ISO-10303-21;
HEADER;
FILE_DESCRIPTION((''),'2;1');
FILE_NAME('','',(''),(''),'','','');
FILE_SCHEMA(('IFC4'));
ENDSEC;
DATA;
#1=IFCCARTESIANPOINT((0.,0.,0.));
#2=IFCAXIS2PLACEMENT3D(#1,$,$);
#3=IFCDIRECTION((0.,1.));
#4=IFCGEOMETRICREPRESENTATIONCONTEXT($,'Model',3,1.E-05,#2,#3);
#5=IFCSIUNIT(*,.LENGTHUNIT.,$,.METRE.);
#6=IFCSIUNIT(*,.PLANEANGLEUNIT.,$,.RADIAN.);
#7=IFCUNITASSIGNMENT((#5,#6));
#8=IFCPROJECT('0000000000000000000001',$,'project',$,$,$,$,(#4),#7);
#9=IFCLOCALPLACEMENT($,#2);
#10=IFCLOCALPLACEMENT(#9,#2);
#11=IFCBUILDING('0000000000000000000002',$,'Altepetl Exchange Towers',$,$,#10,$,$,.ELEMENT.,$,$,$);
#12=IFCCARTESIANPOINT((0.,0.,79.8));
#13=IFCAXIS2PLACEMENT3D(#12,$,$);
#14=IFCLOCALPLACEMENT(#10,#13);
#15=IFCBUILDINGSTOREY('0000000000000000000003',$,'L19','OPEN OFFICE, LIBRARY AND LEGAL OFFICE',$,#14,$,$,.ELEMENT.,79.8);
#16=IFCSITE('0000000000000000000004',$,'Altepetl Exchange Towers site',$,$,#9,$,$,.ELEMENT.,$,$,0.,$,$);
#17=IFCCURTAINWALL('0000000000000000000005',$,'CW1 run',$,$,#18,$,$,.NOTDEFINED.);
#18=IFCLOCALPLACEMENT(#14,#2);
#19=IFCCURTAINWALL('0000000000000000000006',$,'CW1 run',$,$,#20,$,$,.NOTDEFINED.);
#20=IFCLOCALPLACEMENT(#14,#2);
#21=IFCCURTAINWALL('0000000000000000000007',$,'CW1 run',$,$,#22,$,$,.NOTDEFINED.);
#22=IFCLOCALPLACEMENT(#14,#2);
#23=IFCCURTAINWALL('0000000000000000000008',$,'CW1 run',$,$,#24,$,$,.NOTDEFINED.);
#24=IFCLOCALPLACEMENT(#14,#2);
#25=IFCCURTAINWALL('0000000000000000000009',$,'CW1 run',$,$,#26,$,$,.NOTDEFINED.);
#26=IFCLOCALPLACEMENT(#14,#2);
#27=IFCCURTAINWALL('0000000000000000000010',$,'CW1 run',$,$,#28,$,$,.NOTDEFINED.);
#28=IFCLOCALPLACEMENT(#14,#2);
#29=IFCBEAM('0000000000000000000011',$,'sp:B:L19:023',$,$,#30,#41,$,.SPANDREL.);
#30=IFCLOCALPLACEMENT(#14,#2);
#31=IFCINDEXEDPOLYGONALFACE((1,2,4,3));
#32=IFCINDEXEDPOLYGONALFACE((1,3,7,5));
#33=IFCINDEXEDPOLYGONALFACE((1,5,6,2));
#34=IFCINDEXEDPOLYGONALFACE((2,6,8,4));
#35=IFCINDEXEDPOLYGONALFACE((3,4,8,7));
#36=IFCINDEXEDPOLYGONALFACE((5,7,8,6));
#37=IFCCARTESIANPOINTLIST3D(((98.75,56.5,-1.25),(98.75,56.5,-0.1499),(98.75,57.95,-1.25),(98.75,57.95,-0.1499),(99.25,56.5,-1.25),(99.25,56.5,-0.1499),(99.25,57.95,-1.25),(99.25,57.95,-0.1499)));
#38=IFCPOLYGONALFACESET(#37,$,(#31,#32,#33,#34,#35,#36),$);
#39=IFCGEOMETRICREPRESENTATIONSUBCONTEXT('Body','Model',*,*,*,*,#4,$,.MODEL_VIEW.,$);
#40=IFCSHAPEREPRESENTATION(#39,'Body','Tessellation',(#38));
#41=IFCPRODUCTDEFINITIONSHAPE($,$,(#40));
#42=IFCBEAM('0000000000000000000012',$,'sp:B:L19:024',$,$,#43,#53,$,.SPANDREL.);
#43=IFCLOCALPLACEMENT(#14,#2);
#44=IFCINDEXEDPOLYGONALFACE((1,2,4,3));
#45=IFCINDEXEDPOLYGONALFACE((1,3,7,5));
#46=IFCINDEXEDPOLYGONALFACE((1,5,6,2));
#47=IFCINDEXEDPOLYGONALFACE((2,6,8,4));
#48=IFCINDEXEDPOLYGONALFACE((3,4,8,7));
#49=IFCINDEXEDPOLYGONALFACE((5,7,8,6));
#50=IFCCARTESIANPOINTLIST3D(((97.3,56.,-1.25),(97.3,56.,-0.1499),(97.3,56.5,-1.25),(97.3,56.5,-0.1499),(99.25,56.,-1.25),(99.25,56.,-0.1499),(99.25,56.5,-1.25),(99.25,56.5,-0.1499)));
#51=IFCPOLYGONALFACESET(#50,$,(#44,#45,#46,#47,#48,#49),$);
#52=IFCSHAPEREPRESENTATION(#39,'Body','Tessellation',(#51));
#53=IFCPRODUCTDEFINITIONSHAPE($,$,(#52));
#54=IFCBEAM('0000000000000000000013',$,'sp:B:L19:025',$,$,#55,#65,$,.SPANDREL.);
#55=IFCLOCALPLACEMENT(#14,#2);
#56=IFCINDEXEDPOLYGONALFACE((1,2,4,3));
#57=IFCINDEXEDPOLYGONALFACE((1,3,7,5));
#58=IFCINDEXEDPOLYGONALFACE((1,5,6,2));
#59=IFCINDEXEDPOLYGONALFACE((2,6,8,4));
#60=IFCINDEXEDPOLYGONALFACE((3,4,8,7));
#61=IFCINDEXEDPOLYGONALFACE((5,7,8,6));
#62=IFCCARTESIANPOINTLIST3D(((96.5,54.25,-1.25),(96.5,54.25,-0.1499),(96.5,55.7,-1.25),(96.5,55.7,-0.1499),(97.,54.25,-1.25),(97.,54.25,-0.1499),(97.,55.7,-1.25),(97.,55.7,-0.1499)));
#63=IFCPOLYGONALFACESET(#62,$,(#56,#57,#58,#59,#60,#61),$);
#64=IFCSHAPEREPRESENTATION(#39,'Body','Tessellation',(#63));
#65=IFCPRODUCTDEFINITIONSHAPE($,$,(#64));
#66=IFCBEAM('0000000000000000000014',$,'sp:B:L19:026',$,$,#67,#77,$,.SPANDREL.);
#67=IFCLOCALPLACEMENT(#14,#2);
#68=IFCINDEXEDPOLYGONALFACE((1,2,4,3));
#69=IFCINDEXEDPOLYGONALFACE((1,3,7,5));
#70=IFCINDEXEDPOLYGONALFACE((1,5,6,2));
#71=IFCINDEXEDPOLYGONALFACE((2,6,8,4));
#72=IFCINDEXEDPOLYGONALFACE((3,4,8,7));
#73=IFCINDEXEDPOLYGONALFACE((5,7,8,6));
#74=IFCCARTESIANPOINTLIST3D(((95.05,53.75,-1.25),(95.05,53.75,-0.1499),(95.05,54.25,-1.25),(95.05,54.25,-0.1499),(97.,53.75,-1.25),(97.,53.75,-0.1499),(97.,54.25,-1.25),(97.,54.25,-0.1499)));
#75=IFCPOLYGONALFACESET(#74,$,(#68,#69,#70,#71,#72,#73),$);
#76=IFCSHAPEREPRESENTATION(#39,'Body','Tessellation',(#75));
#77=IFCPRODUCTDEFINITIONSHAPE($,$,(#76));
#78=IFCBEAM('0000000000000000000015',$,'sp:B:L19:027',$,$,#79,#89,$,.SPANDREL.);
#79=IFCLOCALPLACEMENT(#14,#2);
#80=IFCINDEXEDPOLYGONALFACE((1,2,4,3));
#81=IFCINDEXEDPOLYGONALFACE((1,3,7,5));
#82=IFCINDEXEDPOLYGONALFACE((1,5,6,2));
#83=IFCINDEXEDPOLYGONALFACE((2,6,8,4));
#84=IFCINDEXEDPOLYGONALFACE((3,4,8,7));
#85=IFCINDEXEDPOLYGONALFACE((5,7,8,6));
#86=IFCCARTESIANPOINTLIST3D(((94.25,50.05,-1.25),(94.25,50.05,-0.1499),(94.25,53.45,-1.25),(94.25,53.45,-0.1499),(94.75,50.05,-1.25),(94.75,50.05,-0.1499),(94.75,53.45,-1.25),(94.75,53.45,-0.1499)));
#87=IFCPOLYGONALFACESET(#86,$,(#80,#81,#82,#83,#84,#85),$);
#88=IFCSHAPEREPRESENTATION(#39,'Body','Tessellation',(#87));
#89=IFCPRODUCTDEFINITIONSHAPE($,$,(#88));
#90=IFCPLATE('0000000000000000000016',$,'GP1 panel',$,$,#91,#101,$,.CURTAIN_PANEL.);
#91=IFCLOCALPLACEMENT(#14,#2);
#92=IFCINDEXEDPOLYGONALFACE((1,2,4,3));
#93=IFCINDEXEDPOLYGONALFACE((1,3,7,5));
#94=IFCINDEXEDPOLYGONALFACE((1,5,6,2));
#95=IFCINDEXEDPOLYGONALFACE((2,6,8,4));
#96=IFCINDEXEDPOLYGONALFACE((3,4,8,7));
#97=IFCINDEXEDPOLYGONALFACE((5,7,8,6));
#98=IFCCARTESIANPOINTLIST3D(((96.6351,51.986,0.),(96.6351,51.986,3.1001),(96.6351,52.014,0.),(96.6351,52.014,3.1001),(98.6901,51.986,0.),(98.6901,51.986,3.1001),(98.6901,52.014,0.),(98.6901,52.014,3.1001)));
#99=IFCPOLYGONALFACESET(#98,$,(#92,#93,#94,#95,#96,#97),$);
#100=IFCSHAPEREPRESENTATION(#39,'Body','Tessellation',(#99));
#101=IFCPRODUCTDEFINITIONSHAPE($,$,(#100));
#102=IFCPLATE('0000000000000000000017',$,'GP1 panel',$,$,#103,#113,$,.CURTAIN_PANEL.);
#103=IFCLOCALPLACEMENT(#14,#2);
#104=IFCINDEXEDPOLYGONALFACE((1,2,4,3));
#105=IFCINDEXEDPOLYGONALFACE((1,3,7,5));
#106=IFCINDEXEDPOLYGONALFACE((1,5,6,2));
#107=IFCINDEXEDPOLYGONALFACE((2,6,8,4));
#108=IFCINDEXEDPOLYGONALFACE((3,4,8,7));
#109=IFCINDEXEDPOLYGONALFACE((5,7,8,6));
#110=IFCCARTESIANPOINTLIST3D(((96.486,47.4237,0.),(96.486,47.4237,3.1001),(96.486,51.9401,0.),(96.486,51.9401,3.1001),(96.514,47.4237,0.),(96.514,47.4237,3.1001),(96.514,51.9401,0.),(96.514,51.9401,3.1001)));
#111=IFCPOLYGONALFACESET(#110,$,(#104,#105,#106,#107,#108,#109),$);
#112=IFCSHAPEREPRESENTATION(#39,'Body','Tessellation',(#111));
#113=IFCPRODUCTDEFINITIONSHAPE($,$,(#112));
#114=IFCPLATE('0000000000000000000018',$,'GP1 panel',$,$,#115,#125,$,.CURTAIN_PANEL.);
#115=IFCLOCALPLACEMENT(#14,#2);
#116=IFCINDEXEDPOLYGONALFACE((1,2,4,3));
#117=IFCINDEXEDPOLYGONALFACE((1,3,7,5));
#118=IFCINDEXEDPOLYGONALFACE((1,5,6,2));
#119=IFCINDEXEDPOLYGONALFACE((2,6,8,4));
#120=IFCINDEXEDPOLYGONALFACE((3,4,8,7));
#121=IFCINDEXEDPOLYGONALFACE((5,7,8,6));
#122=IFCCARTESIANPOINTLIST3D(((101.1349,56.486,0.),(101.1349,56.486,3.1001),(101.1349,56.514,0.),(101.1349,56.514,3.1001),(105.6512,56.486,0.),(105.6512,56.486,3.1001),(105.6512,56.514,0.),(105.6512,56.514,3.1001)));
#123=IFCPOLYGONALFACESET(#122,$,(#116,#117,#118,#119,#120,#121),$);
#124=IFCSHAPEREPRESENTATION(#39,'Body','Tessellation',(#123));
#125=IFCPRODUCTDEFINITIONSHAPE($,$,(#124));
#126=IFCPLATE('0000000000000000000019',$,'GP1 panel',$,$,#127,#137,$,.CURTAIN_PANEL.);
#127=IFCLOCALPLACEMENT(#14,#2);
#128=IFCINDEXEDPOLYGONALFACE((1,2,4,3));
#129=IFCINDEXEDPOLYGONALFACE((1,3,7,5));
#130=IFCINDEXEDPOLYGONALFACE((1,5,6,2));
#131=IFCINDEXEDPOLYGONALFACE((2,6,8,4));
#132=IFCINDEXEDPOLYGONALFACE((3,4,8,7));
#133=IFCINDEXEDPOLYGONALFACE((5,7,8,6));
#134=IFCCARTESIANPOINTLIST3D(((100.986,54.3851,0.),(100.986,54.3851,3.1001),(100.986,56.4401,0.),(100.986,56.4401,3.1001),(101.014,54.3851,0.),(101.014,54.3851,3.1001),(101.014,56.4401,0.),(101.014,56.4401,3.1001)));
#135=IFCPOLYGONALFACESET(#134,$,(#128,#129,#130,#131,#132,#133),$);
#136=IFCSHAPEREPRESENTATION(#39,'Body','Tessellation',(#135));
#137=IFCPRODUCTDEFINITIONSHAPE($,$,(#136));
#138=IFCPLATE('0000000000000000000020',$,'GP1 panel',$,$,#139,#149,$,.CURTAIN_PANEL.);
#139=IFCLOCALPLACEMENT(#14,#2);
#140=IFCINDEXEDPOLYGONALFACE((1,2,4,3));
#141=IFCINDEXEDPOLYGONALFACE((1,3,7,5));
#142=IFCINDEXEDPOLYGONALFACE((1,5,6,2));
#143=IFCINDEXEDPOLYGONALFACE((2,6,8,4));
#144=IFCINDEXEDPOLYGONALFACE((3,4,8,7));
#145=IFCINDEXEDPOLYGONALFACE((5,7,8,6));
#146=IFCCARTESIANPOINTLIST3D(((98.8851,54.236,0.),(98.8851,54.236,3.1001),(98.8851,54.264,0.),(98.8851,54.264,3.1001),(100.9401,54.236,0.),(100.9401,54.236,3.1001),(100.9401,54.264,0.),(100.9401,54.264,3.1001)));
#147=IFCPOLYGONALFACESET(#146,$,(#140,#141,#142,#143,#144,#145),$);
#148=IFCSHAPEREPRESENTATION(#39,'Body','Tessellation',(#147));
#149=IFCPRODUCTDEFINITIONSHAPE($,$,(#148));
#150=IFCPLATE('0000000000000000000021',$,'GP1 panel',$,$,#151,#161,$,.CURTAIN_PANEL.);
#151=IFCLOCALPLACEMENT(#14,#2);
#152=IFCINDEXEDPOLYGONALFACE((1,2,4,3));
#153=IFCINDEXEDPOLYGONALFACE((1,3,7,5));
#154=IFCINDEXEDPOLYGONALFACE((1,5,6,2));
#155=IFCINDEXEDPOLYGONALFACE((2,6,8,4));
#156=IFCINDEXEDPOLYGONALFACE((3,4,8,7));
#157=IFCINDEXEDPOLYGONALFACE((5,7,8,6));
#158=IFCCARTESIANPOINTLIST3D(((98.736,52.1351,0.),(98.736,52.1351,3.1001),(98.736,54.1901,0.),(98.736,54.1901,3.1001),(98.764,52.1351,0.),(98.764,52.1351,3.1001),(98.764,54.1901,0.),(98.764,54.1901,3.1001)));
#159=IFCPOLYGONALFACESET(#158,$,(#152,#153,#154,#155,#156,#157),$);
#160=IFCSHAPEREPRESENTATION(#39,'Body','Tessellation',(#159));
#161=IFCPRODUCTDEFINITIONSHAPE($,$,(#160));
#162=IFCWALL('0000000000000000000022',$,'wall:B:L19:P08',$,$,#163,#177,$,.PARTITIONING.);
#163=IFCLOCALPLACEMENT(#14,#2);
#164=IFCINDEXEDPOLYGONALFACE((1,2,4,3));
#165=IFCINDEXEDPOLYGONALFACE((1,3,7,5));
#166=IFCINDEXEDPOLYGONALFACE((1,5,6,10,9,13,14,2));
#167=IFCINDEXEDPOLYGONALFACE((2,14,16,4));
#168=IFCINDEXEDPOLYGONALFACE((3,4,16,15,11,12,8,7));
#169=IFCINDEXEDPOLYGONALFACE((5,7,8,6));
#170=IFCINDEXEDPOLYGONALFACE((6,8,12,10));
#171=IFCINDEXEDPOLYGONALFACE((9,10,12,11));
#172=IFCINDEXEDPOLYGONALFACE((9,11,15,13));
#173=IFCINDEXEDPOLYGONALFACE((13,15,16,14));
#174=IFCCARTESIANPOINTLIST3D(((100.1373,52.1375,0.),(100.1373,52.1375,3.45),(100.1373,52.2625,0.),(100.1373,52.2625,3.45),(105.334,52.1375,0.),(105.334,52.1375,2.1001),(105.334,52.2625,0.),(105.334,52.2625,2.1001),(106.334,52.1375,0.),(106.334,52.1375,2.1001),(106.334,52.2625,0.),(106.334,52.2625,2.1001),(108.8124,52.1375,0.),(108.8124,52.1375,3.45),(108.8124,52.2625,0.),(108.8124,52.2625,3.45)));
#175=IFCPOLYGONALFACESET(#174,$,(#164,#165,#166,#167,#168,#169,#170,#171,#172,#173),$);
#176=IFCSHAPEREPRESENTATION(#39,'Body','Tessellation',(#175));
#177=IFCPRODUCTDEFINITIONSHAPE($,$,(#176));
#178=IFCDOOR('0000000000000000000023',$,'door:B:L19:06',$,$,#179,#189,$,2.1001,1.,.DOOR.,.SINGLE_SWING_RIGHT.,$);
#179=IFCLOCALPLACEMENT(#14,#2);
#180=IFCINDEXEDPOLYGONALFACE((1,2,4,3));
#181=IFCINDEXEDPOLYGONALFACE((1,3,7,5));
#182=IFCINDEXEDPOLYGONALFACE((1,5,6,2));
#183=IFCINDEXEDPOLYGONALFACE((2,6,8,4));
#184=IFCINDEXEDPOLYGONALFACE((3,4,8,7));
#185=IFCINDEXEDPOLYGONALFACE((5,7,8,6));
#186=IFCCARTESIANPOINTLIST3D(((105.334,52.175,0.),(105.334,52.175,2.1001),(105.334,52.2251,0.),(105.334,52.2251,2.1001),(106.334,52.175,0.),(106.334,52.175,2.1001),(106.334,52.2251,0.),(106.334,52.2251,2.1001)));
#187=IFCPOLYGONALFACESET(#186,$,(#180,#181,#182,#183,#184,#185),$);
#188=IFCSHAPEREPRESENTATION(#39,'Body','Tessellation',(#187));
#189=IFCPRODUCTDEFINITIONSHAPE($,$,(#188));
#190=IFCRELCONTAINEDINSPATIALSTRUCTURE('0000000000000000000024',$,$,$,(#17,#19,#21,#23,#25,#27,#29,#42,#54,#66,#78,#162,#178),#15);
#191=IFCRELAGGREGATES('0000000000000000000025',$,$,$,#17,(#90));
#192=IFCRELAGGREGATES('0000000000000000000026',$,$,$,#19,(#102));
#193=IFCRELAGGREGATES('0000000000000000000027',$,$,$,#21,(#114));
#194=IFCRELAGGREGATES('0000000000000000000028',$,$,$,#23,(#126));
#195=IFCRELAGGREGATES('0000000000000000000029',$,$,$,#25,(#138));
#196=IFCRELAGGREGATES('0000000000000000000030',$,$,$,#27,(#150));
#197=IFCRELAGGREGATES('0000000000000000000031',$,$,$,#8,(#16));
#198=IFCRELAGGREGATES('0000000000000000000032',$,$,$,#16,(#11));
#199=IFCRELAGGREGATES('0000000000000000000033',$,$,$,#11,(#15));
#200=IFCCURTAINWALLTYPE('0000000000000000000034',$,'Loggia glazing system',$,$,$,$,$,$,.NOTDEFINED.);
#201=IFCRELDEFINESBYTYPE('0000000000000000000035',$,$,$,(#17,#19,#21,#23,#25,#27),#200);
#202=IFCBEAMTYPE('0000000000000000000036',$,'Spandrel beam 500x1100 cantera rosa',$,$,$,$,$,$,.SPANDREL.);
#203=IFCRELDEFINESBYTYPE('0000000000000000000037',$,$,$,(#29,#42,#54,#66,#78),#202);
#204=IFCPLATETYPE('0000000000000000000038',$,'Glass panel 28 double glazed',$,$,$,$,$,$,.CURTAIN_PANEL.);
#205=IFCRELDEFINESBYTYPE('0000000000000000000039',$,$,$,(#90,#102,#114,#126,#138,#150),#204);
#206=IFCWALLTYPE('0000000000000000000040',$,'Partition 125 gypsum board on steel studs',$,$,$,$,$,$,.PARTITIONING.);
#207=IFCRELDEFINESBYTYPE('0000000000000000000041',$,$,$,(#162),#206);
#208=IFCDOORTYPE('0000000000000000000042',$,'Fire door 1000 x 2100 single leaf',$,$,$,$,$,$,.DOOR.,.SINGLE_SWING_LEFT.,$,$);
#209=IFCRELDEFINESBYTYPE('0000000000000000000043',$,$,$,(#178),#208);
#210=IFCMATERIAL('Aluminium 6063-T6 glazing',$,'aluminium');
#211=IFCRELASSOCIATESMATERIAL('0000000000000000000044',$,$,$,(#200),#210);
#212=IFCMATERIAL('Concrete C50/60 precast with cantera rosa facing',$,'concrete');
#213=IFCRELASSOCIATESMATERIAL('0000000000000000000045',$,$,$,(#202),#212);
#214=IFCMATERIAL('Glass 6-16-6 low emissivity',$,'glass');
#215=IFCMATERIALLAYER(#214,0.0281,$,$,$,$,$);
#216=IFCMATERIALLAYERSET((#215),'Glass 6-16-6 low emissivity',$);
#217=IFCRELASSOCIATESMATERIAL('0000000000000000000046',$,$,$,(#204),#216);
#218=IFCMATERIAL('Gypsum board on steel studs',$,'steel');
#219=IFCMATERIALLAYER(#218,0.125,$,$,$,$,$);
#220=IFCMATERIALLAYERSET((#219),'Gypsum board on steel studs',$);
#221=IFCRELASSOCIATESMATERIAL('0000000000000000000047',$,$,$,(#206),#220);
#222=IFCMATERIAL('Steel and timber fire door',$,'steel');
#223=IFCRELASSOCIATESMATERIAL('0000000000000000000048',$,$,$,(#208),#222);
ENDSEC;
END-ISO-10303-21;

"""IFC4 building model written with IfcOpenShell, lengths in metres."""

from ifc_helpers import new_model, si_unit, direction, frame, frame_2d, origin, origin_2d, place, context, subcontext, project, spatial, rectangle, extrude, material, layer, layer_set, material_profile, profile_set, type_object, element, fill, aggregate, save


model = new_model("IFC4")

# Units and contexts
model_context = context("Model", 3, precision=1e-05, world=origin(), true_north=direction((0.0, 1.0)))
body_context = subcontext(model_context, "Body", "Model", "MODEL_VIEW")
ifc_project = project(units=[si_unit("LENGTHUNIT", "METRE"), si_unit("PLANEANGLEUNIT", "RADIAN")], contexts=[model_context])

# Site, building, storey
site_placement = place(None, origin())
site = spatial("IfcSite", under=ifc_project, at=site_placement, Name="Altepetl Exchange Towers site", CompositionType="ELEMENT", RefElevation=0.0)
building_placement = place(site_placement, origin())
building = spatial("IfcBuilding", under=site, at=building_placement, Name="Altepetl Exchange Towers", CompositionType="ELEMENT")
storey_placement = place(building_placement, frame((0.0, 0.0, 79.8)))
storey = spatial("IfcBuildingStorey", under=building, at=storey_placement, Name="L19", Description="OPEN OFFICE, LIBRARY AND LEGAL OFFICE", CompositionType="ELEMENT", Elevation=79.8)

# Curtain walls
ifc_material_1 = material(Name="Aluminium 6063-T6 glazing", Category="aluminium")
curtain_wall_type = type_object("IfcCurtainWallType", Name="Loggia glazing system", PredefinedType="NOTDEFINED", material=ifc_material_1)
curtain_wall_1_placement = place(storey_placement, origin())
curtain_wall_1 = element("IfcCurtainWall", 1, at=curtain_wall_1_placement, inside=storey, type_object=curtain_wall_type, Name="CW1 run", PredefinedType="NOTDEFINED")
curtain_wall_2_placement = place(storey_placement, origin())
curtain_wall_2 = element("IfcCurtainWall", 2, at=curtain_wall_2_placement, inside=storey, type_object=curtain_wall_type, Name="CW1 run", PredefinedType="NOTDEFINED")

# Curtain wall
curtain_wall_3_placement = place(storey_placement, origin())
curtain_wall_3 = element("IfcCurtainWall", 3, at=curtain_wall_3_placement, inside=storey, type_object=curtain_wall_type, Name="CW1 run", PredefinedType="NOTDEFINED")

# Curtain walls
curtain_wall_4_placement = place(storey_placement, origin())
curtain_wall_4 = element("IfcCurtainWall", 4, at=curtain_wall_4_placement, inside=storey, type_object=curtain_wall_type, Name="CW1 run", PredefinedType="NOTDEFINED")
curtain_wall_5_placement = place(storey_placement, origin())
curtain_wall_5 = element("IfcCurtainWall", 5, at=curtain_wall_5_placement, inside=storey, type_object=curtain_wall_type, Name="CW1 run", PredefinedType="NOTDEFINED")
curtain_wall_6_placement = place(storey_placement, origin())
curtain_wall_6 = element("IfcCurtainWall", 6, at=curtain_wall_6_placement, inside=storey, type_object=curtain_wall_type, Name="CW1 run", PredefinedType="NOTDEFINED")

# Beams
ifc_material_2 = material(Name="Concrete C50/60 precast with cantera rosa facing", Category="concrete")
ifc_material_profile_1 = material_profile(ifc_material_2, rectangle(XDim=0.5, YDim=1.1001, at=origin_2d()), Name="500 x 1100")
ifc_profile_set_1 = profile_set([ifc_material_profile_1], Name="Concrete C50/60 precast with cantera rosa facing")
beam_type_1 = type_object("IfcBeamType", Name="Spandrel beam 500x1100 cantera rosa", PredefinedType="SPANDREL", material=ifc_profile_set_1)
beam_1_placement = place(storey_placement, frame((99.0, 57.95, -0.7), z_axis=(0.0, -1.0, 0.0), x_axis=(1.0, 0.0, 0.0)))
element("IfcBeam", 7, at=beam_1_placement, inside=storey, type_object=beam_type_1, Name="sp:B:L19:023", PredefinedType="SPANDREL", context=body_context, shape_type="SweptSolid", body=[
    extrude(rectangle(XDim=0.5, YDim=1.1001, at=origin_2d()), origin(), (0.0, 0.0, 1.0), 1.45),
])
beam_2_placement = place(storey_placement, frame((99.25, 56.25, -0.7), z_axis=(-1.0, 0.0, 0.0), x_axis=(0.0, -1.0, 0.0)))
element("IfcBeam", 8, at=beam_2_placement, inside=storey, type_object=beam_type_1, Name="sp:B:L19:024", PredefinedType="SPANDREL", context=body_context, shape_type="SweptSolid", body=[
    extrude(rectangle(XDim=0.5, YDim=1.1001, at=origin_2d()), origin(), (0.0, 0.0, 1.0), 1.95),
])
beam_3_placement = place(storey_placement, frame((96.75, 55.7, -0.7), z_axis=(0.0, -1.0, 0.0), x_axis=(1.0, 0.0, 0.0)))
element("IfcBeam", 9, at=beam_3_placement, inside=storey, type_object=beam_type_1, Name="sp:B:L19:025", PredefinedType="SPANDREL", context=body_context, shape_type="SweptSolid", body=[
    extrude(rectangle(XDim=0.5, YDim=1.1001, at=origin_2d()), origin(), (0.0, 0.0, 1.0), 1.45),
])
beam_4_placement = place(storey_placement, frame((97.0, 54.0, -0.7), z_axis=(-1.0, 0.0, 0.0), x_axis=(0.0, -1.0, 0.0)))
element("IfcBeam", 10, at=beam_4_placement, inside=storey, type_object=beam_type_1, Name="sp:B:L19:026", PredefinedType="SPANDREL", context=body_context, shape_type="SweptSolid", body=[
    extrude(rectangle(XDim=0.5, YDim=1.1001, at=origin_2d()), origin(), (0.0, 0.0, 1.0), 1.95),
])
beam_5_placement = place(storey_placement, frame((94.5, 53.45, -0.7), z_axis=(0.0, -1.0, 0.0), x_axis=(1.0, 0.0, 0.0)))
element("IfcBeam", 11, at=beam_5_placement, inside=storey, type_object=beam_type_1, Name="sp:B:L19:027", PredefinedType="SPANDREL", context=body_context, shape_type="SweptSolid", body=[
    extrude(rectangle(XDim=0.5, YDim=1.1001, at=origin_2d()), origin(), (0.0, 0.0, 1.0), 3.3999),
])

# Plates
ifc_material_3 = material(Name="Glass 6-16-6 low emissivity", Category="glass")
ifc_layer_1 = layer(ifc_material_3, 0.0281)
ifc_layer_set_1 = layer_set([ifc_layer_1], Name="Glass 6-16-6 low emissivity")
plate_type = type_object("IfcPlateType", Name="Glass panel 28 double glazed", PredefinedType="CURTAIN_PANEL", material=ifc_layer_set_1)
plate_1_placement = place(storey_placement, frame((97.6626, 52.0, 0.0), z_axis=(0.0, 0.0, 1.0), x_axis=(-1.0, 0.0, 0.0)))
plate_1 = element("IfcPlate", 12, at=plate_1_placement, type_object=plate_type, Name="GP1 panel", PredefinedType="CURTAIN_PANEL", context=body_context, shape_type="SweptSolid", body=[
    extrude(rectangle(XDim=2.0549, YDim=0.0281, at=origin_2d()), origin(), (0.0, 0.0, 1.0), 3.1001),
])
aggregate(curtain_wall_1, [plate_1])
plate_2_placement = place(storey_placement, frame((96.5, 49.6819, 0.0), z_axis=(0.0, 0.0, 1.0), x_axis=(0.0, -1.0, 0.0)))
plate_2 = element("IfcPlate", 13, at=plate_2_placement, type_object=plate_type, Name="GP1 panel", PredefinedType="CURTAIN_PANEL", context=body_context, shape_type="SweptSolid", body=[
    extrude(rectangle(XDim=4.5164, YDim=0.0281, at=origin_2d()), origin(), (0.0, 0.0, 1.0), 3.1001),
])
aggregate(curtain_wall_2, [plate_2])
plate_3_placement = place(storey_placement, frame((103.3931, 56.5, 0.0), z_axis=(0.0, 0.0, 1.0), x_axis=(-1.0, 0.0, 0.0)))
plate_3 = element("IfcPlate", 14, at=plate_3_placement, type_object=plate_type, Name="GP1 panel", PredefinedType="CURTAIN_PANEL", context=body_context, shape_type="SweptSolid", body=[
    extrude(rectangle(XDim=4.5164, YDim=0.0281, at=origin_2d()), origin(), (0.0, 0.0, 1.0), 3.1001),
])
aggregate(curtain_wall_3, [plate_3])
plate_4_placement = place(storey_placement, frame((101.0, 55.4126, 0.0), z_axis=(0.0, 0.0, 1.0), x_axis=(0.0, -1.0, 0.0)))
plate_4 = element("IfcPlate", 15, at=plate_4_placement, type_object=plate_type, Name="GP1 panel", PredefinedType="CURTAIN_PANEL", context=body_context, shape_type="SweptSolid", body=[
    extrude(rectangle(XDim=2.0549, YDim=0.0281, at=origin_2d()), origin(), (0.0, 0.0, 1.0), 3.1001),
])
aggregate(curtain_wall_4, [plate_4])
plate_5_placement = place(storey_placement, frame((99.9126, 54.25, 0.0), z_axis=(0.0, 0.0, 1.0), x_axis=(-1.0, 0.0, 0.0)))
plate_5 = element("IfcPlate", 16, at=plate_5_placement, type_object=plate_type, Name="GP1 panel", PredefinedType="CURTAIN_PANEL", context=body_context, shape_type="SweptSolid", body=[
    extrude(rectangle(XDim=2.0549, YDim=0.0281, at=origin_2d()), origin(), (0.0, 0.0, 1.0), 3.1001),
])
aggregate(curtain_wall_5, [plate_5])
plate_6_placement = place(storey_placement, frame((98.75, 53.1626, 0.0), z_axis=(0.0, 0.0, 1.0), x_axis=(0.0, -1.0, 0.0)))
plate_6 = element("IfcPlate", 17, at=plate_6_placement, type_object=plate_type, Name="GP1 panel", PredefinedType="CURTAIN_PANEL", context=body_context, shape_type="SweptSolid", body=[
    extrude(rectangle(XDim=2.0549, YDim=0.0281, at=origin_2d()), origin(), (0.0, 0.0, 1.0), 3.1001),
])
aggregate(curtain_wall_6, [plate_6])

# Wall, opening, door
ifc_material_4 = material(Name="Gypsum board on steel studs", Category="steel")
ifc_layer_2 = layer(ifc_material_4, 0.125)
ifc_layer_set_2 = layer_set([ifc_layer_2], Name="Gypsum board on steel studs")
wall_type = type_object("IfcWallType", Name="Partition 125 gypsum board on steel studs", PredefinedType="PARTITIONING", material=ifc_layer_set_2)
wall_placement = place(storey_placement, frame((100.1375, 52.2, 0.0)))
wall = element("IfcWall", 18, at=wall_placement, inside=storey, type_object=wall_type, Name="wall:B:L19:P08", PredefinedType="PARTITIONING", context=body_context, shape_type="SweptSolid", body=[
    extrude(rectangle(XDim=8.675, YDim=0.125, at=frame_2d((4.3374, 0.0))), origin(), (0.0, 0.0, 1.0), 3.45),
])
opening_placement = place(wall_placement, frame((5.1965, 0.0, 0.0)))
opening = element("IfcOpeningElement", 19, at=opening_placement, cuts=wall, PredefinedType="OPENING", context=body_context, shape_type="SweptSolid", body=[
    extrude(rectangle(XDim=1.0, YDim=2.1001, at=frame_2d((0.5, 1.05))), frame((0.0, 0.0725, 0.0), z_axis=(0.0, -1.0, 0.0), x_axis=(1.0, 0.0, 0.0)), (0.0, 0.0, 1.0), 0.145),
])
ifc_material_5 = material(Name="Steel and timber fire door", Category="steel")
door_type = type_object("IfcDoorType", Name="Fire door 1000 x 2100 single leaf", OperationType="SINGLE_SWING_LEFT", PredefinedType="DOOR", material=ifc_material_5)
door_placement = place(opening_placement, frame((1.0, 0.0, 0.0), x_axis=(-1.0, 0.0, 0.0)))
door = element("IfcDoor", 20, at=door_placement, inside=storey, type_object=door_type, Name="door:B:L19:06", OperationType="SINGLE_SWING_RIGHT", OverallHeight=2.1001, OverallWidth=1.0, PredefinedType="DOOR", context=body_context, shape_type="SweptSolid", body=[
    extrude(rectangle(XDim=1.0, YDim=2.1001, at=frame_2d((0.5, 1.05))), frame((0.0, 0.0249, 0.0), z_axis=(0.0, -1.0, 0.0), x_axis=(1.0, 0.0, 0.0)), (0.0, 0.0, 1.0), 0.05),
])
fill(opening, door)

save(model, "model.ifc")
